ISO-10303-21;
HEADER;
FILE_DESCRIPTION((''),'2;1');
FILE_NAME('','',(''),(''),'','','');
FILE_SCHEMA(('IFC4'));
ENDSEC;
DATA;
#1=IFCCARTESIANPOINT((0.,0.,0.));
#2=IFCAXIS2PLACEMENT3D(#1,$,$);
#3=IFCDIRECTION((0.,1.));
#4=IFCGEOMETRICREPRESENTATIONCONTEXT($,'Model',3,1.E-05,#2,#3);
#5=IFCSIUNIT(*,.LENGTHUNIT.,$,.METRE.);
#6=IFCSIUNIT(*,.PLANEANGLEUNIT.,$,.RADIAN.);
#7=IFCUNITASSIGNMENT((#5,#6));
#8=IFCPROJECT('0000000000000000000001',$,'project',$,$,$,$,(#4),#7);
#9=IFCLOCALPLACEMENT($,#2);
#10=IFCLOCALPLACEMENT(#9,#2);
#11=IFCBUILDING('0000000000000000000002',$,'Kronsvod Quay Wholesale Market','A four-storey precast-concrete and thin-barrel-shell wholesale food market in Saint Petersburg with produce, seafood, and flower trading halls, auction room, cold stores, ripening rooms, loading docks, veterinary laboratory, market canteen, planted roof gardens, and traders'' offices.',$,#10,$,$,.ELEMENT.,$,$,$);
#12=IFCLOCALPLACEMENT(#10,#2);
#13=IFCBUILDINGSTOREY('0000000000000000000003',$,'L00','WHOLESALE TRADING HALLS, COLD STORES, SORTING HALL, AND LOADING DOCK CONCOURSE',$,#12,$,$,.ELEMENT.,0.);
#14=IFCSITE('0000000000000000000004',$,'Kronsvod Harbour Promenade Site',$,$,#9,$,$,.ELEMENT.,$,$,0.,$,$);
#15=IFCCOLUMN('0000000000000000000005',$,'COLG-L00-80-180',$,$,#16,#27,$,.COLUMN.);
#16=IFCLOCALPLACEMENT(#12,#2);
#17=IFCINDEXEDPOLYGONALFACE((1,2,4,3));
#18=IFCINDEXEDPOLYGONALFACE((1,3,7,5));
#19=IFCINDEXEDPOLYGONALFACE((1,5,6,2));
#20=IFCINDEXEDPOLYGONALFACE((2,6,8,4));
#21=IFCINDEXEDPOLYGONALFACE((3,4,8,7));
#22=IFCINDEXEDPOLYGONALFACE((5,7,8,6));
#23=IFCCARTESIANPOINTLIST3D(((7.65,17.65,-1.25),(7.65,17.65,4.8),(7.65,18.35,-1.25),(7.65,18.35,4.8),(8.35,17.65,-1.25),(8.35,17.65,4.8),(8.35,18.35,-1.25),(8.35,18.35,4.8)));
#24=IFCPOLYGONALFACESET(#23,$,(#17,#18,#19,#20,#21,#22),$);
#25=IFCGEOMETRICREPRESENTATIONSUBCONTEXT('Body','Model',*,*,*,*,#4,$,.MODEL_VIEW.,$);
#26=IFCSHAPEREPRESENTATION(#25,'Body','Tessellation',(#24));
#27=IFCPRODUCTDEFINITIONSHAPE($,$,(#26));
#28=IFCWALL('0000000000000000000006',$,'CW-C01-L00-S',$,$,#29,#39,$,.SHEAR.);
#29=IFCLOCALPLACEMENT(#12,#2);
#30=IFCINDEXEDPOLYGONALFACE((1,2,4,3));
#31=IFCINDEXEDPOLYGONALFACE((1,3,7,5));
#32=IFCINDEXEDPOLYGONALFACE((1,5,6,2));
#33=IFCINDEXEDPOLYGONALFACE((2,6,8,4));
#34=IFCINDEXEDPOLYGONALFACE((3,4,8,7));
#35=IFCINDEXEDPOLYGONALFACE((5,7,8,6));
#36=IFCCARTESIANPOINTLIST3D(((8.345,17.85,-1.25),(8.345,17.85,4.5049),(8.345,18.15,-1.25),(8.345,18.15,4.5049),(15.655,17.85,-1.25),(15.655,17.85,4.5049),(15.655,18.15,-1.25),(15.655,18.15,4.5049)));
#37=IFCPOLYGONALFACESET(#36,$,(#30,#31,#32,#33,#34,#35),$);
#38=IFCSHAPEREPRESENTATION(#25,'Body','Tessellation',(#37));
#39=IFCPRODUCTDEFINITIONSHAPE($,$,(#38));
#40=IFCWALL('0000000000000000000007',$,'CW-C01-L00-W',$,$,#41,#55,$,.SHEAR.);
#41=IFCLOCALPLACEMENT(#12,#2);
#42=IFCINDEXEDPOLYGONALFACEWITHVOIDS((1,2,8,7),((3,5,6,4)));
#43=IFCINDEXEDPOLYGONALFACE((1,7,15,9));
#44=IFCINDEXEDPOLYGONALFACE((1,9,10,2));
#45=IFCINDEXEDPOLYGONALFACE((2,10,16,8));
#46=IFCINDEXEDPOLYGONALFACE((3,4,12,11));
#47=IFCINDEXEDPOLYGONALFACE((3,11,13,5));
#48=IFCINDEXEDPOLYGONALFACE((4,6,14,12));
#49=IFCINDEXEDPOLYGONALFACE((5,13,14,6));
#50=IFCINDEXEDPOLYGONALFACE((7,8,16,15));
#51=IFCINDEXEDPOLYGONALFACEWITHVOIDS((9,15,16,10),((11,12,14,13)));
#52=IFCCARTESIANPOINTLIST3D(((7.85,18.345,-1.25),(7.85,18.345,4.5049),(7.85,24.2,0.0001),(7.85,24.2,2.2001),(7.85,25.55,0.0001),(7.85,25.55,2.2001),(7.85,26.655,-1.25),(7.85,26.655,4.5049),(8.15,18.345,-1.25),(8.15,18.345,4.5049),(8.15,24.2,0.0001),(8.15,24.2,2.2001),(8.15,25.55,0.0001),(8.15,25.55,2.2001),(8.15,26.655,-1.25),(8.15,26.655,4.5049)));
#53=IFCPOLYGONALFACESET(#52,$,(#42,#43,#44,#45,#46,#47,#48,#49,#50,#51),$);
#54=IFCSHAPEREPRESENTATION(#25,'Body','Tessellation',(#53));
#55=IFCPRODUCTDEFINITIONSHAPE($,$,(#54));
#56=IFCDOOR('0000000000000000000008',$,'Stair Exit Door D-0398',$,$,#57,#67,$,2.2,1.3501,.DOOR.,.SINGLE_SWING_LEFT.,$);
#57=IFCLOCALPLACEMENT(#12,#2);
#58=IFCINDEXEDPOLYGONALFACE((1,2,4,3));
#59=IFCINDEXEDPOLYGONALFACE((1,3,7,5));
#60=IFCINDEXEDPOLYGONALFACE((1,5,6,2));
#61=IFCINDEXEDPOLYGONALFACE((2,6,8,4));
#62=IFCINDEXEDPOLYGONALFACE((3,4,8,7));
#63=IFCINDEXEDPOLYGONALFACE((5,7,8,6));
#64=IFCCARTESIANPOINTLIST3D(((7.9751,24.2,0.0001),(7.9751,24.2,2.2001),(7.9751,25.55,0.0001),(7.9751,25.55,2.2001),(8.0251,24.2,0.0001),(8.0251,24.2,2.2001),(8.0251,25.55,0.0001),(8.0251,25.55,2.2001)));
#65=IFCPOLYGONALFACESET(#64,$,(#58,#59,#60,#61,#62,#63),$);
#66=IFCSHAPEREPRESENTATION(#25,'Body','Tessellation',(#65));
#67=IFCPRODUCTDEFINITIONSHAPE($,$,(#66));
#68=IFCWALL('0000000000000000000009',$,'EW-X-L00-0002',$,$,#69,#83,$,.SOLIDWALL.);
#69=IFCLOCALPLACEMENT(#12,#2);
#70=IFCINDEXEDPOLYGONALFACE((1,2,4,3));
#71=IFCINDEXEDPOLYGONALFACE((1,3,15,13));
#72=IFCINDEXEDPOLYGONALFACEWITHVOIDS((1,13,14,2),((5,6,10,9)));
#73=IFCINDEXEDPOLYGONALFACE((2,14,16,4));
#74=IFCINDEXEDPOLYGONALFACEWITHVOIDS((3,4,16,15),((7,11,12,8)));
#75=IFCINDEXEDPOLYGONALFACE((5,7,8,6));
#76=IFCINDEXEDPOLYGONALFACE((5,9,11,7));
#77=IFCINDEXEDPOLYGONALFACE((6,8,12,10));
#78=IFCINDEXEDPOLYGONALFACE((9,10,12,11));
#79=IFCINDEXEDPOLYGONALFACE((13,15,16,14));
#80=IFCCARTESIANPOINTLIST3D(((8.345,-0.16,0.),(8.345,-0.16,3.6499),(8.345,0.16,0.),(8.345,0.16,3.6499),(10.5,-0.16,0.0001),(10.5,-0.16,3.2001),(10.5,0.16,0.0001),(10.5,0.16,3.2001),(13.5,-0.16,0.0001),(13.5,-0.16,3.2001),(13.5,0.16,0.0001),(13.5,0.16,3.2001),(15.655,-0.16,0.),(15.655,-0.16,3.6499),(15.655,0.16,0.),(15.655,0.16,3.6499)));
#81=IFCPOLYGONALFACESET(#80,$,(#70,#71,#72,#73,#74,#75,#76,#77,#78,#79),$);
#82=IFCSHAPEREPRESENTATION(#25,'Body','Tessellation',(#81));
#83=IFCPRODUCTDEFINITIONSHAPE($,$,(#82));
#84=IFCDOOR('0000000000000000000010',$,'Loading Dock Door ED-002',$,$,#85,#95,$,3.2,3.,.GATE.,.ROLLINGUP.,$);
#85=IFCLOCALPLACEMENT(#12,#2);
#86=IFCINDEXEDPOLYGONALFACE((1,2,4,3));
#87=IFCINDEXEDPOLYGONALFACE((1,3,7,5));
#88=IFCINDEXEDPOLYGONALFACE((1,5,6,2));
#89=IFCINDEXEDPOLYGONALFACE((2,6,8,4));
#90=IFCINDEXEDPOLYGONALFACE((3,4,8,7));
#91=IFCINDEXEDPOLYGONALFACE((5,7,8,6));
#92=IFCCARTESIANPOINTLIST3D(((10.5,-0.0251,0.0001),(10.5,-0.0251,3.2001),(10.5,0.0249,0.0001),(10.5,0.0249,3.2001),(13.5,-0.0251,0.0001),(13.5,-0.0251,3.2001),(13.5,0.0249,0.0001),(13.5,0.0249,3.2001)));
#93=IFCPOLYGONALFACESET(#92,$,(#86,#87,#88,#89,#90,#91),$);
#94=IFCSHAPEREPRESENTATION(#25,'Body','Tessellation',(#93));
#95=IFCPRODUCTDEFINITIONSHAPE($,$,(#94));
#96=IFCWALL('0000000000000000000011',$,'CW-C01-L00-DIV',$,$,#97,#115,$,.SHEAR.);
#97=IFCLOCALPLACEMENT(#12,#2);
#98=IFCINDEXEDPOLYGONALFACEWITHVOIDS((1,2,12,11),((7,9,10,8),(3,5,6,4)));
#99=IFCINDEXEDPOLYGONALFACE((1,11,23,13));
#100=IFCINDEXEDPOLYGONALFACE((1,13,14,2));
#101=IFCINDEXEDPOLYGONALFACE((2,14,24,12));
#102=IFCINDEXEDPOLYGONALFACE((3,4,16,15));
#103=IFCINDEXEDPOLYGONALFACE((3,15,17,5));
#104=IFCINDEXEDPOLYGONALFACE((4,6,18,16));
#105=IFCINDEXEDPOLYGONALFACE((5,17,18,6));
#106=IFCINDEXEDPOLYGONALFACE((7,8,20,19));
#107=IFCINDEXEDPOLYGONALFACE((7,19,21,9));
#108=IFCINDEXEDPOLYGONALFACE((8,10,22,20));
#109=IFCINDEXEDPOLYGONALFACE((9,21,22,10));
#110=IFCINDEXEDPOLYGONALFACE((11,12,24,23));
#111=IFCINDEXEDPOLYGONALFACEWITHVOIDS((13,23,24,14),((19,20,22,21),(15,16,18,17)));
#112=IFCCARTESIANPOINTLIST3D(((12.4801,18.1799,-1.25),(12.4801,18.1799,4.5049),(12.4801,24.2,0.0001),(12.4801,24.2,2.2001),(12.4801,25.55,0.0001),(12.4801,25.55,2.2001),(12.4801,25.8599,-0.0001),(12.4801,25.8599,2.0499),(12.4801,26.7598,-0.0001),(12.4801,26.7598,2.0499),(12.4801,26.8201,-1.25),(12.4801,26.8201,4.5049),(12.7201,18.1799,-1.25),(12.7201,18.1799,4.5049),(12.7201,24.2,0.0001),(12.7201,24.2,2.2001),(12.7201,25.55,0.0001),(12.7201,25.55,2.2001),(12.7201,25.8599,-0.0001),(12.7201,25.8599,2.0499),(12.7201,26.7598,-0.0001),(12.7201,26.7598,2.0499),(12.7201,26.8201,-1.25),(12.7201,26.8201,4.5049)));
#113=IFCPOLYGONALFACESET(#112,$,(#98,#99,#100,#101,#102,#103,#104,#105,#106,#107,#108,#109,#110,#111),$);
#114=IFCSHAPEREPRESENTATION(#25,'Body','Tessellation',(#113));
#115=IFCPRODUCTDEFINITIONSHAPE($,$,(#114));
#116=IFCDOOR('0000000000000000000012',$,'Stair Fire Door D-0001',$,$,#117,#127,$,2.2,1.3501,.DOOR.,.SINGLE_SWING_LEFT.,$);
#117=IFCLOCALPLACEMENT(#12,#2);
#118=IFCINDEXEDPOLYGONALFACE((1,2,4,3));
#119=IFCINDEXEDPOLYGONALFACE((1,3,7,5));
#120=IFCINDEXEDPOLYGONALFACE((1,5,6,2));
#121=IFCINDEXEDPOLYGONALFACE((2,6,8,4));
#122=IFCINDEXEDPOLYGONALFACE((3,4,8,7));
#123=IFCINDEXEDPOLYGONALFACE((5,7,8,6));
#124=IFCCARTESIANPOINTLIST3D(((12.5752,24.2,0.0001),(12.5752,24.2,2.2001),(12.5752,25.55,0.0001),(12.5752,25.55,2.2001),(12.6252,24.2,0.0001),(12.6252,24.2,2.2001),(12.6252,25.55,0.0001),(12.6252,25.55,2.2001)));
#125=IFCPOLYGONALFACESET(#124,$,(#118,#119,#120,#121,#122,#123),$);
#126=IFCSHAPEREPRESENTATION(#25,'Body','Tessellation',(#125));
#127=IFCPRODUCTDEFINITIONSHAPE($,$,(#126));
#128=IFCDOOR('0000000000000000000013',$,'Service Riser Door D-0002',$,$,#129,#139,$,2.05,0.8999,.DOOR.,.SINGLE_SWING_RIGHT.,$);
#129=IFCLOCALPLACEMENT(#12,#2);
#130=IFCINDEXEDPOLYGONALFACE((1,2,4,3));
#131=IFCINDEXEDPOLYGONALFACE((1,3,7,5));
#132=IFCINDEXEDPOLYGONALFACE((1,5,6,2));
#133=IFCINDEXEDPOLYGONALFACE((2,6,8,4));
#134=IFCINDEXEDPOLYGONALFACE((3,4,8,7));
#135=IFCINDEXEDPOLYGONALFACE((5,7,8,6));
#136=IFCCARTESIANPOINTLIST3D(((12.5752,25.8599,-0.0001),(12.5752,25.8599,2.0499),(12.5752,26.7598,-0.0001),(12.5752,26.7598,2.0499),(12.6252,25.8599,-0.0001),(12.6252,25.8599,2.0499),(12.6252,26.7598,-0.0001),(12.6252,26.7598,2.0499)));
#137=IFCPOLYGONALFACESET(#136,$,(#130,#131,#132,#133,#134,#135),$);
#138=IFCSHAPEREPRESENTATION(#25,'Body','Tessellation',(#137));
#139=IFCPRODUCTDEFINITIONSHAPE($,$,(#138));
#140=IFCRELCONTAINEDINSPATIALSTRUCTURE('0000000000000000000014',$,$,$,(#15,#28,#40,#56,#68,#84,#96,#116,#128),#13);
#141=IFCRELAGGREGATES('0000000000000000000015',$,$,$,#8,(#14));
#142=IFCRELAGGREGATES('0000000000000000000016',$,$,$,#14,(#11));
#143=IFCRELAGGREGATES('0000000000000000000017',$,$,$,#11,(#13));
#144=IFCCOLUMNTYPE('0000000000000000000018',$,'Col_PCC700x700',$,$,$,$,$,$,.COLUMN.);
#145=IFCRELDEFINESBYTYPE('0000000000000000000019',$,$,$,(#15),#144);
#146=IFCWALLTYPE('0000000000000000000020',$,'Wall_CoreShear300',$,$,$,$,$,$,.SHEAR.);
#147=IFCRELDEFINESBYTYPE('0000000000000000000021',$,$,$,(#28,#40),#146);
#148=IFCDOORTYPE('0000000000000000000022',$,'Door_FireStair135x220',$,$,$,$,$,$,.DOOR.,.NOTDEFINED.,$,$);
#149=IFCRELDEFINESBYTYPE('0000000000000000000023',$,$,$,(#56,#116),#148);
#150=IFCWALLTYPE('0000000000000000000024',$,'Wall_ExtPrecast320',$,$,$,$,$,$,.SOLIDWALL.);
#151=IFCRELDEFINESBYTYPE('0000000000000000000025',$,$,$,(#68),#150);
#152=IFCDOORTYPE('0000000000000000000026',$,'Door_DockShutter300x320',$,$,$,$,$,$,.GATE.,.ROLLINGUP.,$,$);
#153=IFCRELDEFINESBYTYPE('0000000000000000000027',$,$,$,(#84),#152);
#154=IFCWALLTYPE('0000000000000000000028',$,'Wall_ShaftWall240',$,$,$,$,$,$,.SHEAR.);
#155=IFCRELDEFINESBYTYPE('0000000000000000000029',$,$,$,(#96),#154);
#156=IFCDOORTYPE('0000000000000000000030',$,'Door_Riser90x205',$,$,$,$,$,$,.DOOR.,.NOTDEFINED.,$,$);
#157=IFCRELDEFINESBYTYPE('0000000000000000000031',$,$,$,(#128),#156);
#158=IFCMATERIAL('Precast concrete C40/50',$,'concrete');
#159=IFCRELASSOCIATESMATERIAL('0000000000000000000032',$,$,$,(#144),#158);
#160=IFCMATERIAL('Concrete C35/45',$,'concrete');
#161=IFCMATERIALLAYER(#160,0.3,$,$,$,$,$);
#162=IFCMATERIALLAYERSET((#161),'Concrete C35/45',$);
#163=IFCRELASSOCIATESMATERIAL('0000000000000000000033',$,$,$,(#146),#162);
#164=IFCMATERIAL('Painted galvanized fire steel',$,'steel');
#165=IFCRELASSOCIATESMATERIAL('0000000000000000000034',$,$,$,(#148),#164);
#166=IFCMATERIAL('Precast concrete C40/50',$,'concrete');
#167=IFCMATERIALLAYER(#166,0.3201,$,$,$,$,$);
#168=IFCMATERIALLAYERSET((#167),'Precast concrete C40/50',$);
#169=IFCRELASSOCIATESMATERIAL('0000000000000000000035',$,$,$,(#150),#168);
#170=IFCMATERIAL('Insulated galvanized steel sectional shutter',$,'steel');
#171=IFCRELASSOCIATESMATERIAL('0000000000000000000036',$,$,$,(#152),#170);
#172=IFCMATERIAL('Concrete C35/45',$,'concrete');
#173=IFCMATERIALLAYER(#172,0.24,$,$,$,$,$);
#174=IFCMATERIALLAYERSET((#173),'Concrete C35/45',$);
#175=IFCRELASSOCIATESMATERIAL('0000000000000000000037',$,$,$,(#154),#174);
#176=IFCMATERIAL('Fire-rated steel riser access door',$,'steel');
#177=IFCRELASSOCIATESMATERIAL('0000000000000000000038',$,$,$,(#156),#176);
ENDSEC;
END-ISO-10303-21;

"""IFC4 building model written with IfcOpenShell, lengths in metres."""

from ifc_helpers import new_model, si_unit, direction, frame, frame_2d, origin, origin_2d, place, context, subcontext, project, spatial, rectangle, extrude, material, layer, layer_set, material_profile, profile_set, type_object, element, fill, save


model = new_model("IFC4")

# Units and contexts
model_context = context("Model", 3, precision=1e-05, world=origin(), true_north=direction((0.0, 1.0)))
body_context = subcontext(model_context, "Body", "Model", "MODEL_VIEW")
ifc_project = project(units=[si_unit("LENGTHUNIT", "METRE"), si_unit("PLANEANGLEUNIT", "RADIAN")], contexts=[model_context])

# Site, building, storey
site_placement = place(None, origin())
site = spatial("IfcSite", under=ifc_project, at=site_placement, Name="Kronsvod Harbour Promenade Site", CompositionType="ELEMENT", RefElevation=0.0)
building_placement = place(site_placement, origin())
building = spatial("IfcBuilding", under=site, at=building_placement, Name="Kronsvod Quay Wholesale Market", Description="A four-storey precast-concrete and thin-barrel-shell wholesale food market in Saint Petersburg with produce, seafood, and flower trading halls, auction room, cold stores, ripening rooms, loading docks, veterinary laboratory, market canteen, planted roof gardens, and traders' offices.", CompositionType="ELEMENT")
storey_placement = place(building_placement, origin())
storey = spatial("IfcBuildingStorey", under=building, at=storey_placement, Name="L00", Description="WHOLESALE TRADING HALLS, COLD STORES, SORTING HALL, AND LOADING DOCK CONCOURSE", CompositionType="ELEMENT", Elevation=0.0)

# Column
ifc_material_1 = material(Name="Precast concrete C40/50", Category="concrete")
ifc_material_profile_1 = material_profile(ifc_material_1, rectangle(XDim=0.7, YDim=0.7, at=origin_2d()), Name="PCC700x700")
ifc_profile_set_1 = profile_set([ifc_material_profile_1], Name="Precast concrete C40/50")
column_type = type_object("IfcColumnType", Name="Col_PCC700x700", PredefinedType="COLUMN", material=ifc_profile_set_1)
for number, where, z_axis, x_axis, name in (
    (1, (8.0, 18.0, -1.25), (0.0, 0.0, 1.0), (1.0, 0.0, 0.0), "COLG-L00-80-180"),
):
    element("IfcColumn", number, at=place(storey_placement, frame(where, z_axis=z_axis, x_axis=x_axis)), inside=storey, type_object=column_type, Name=name, PredefinedType="COLUMN", context=body_context, shape_type="SweptSolid", body=[
        extrude(rectangle(XDim=0.7, YDim=0.7, at=origin_2d()), origin(), (0.0, 0.0, 1.0), 6.05),
    ])

# Wall
ifc_material_2 = material(Name="Concrete C35/45", Category="concrete")
ifc_layer_1 = layer(ifc_material_2, 0.3)
ifc_layer_set_1 = layer_set([ifc_layer_1], Name="Concrete C35/45")
wall_type_1 = type_object("IfcWallType", Name="Wall_CoreShear300", PredefinedType="SHEAR", material=ifc_layer_set_1)
wall_1_placement = place(storey_placement, frame((8.345, 18.0, -1.25), z_axis=(0.0, 0.0, 1.0), x_axis=(1.0, 0.0, 0.0)))
element("IfcWall", 2, at=wall_1_placement, inside=storey, type_object=wall_type_1, Name="CW-C01-L00-S", PredefinedType="SHEAR", context=body_context, shape_type="SweptSolid", body=[
    extrude(rectangle(XDim=7.3101, YDim=0.3, at=frame_2d((3.655, 0.0))), origin(), (0.0, 0.0, 1.0), 5.7549),
])

# Walls, openings, doors
wall_2_placement = place(storey_placement, frame((8.0, 18.345, -1.25), z_axis=(0.0, 0.0, 1.0), x_axis=(0.0, 1.0, 0.0)))
wall_2 = element("IfcWall", 3, at=wall_2_placement, inside=storey, type_object=wall_type_1, Name="CW-C01-L00-W", PredefinedType="SHEAR", context=body_context, shape_type="SweptSolid", body=[
    extrude(rectangle(XDim=8.3101, YDim=0.3, at=frame_2d((4.155, 0.0))), origin(), (0.0, 0.0, 1.0), 5.7549),
])
opening_1_placement = place(wall_2_placement, frame((5.855, 0.0, 1.25)))
opening_1 = element("IfcOpeningElement", 4, at=opening_1_placement, cuts=wall_2, PredefinedType="OPENING", context=body_context, shape_type="SweptSolid", body=[
    extrude(rectangle(XDim=1.3501, YDim=2.2, at=frame_2d((0.675, 1.1001))), frame((0.0, 0.1602, 0.0), z_axis=(0.0, -1.0, 0.0), x_axis=(1.0, 0.0, 0.0)), (0.0, 0.0, 1.0), 0.3201),
])
ifc_material_3 = material(Name="Painted galvanized fire steel", Category="steel")
door_type_1 = type_object("IfcDoorType", Name="Door_FireStair135x220", OperationType="NOTDEFINED", PredefinedType="DOOR", material=ifc_material_3)
door_1_placement = place(opening_1_placement, origin())
door_1 = element("IfcDoor", 5, at=door_1_placement, inside=storey, type_object=door_type_1, Name="Stair Exit Door D-0398", OperationType="SINGLE_SWING_LEFT", OverallHeight=2.2, OverallWidth=1.3501, PredefinedType="DOOR", context=body_context, shape_type="SweptSolid", body=[
    extrude(rectangle(XDim=1.3501, YDim=2.2, at=frame_2d((0.675, 1.1001))), frame((0.0, 0.0249, 0.0), z_axis=(0.0, -1.0, 0.0), x_axis=(1.0, 0.0, 0.0)), (0.0, 0.0, 1.0), 0.05),
])
fill(opening_1, door_1)
ifc_material_4 = material(Name="Precast concrete C40/50", Category="concrete")
ifc_layer_2 = layer(ifc_material_4, 0.3201)
ifc_layer_set_2 = layer_set([ifc_layer_2], Name="Precast concrete C40/50")
wall_type_2 = type_object("IfcWallType", Name="Wall_ExtPrecast320", PredefinedType="SOLIDWALL", material=ifc_layer_set_2)
wall_3_placement = place(storey_placement, frame((8.345, 0.0, 0.0), z_axis=(0.0, 0.0, 1.0), x_axis=(1.0, 0.0, 0.0)))
wall_3 = element("IfcWall", 6, at=wall_3_placement, inside=storey, type_object=wall_type_2, Name="EW-X-L00-0002", PredefinedType="SOLIDWALL", context=body_context, shape_type="SweptSolid", body=[
    extrude(rectangle(XDim=7.3101, YDim=0.3201, at=frame_2d((3.655, 0.0))), origin(), (0.0, 0.0, 1.0), 3.6499),
])
opening_2_placement = place(wall_3_placement, frame((2.155, 0.0, 0.0)))
opening_2 = element("IfcOpeningElement", 7, at=opening_2_placement, cuts=wall_3, PredefinedType="OPENING", context=body_context, shape_type="SweptSolid", body=[
    extrude(rectangle(XDim=3.0, YDim=3.2, at=frame_2d((1.5, 1.6001))), frame((0.0, 0.1699, 0.0), z_axis=(0.0, -1.0, 0.0), x_axis=(1.0, 0.0, 0.0)), (0.0, 0.0, 1.0), 0.3401),
])
ifc_material_5 = material(Name="Insulated galvanized steel sectional shutter", Category="steel")
door_type_2 = type_object("IfcDoorType", Name="Door_DockShutter300x320", OperationType="ROLLINGUP", PredefinedType="GATE", material=ifc_material_5)
door_2_placement = place(opening_2_placement, origin())
door_2 = element("IfcDoor", 8, at=door_2_placement, inside=storey, type_object=door_type_2, Name="Loading Dock Door ED-002", OperationType="ROLLINGUP", OverallHeight=3.2, OverallWidth=3.0, PredefinedType="GATE", context=body_context, shape_type="SweptSolid", body=[
    extrude(rectangle(XDim=3.0, YDim=3.2, at=frame_2d((1.5, 1.6001))), frame((0.0, 0.0249, 0.0), z_axis=(0.0, -1.0, 0.0), x_axis=(1.0, 0.0, 0.0)), (0.0, 0.0, 1.0), 0.05),
])
fill(opening_2, door_2)

# Wall, openings, doors
ifc_material_6 = material(Name="Concrete C35/45", Category="concrete")
ifc_layer_3 = layer(ifc_material_6, 0.24)
ifc_layer_set_3 = layer_set([ifc_layer_3], Name="Concrete C35/45")
wall_type_3 = type_object("IfcWallType", Name="Wall_ShaftWall240", PredefinedType="SHEAR", material=ifc_layer_set_3)
wall_4_placement = place(storey_placement, frame((12.6001, 18.1799, -1.25), z_axis=(0.0, 0.0, 1.0), x_axis=(0.0, 1.0, 0.0)))
wall_4 = element("IfcWall", 9, at=wall_4_placement, inside=storey, type_object=wall_type_3, Name="CW-C01-L00-DIV", PredefinedType="SHEAR", context=body_context, shape_type="SweptSolid", body=[
    extrude(rectangle(XDim=8.6401, YDim=0.24, at=frame_2d((4.3201, 0.0))), origin(), (0.0, 0.0, 1.0), 5.7549),
])
opening_3_placement = place(wall_4_placement, frame((6.02, 0.0, 1.25)))
opening_3 = element("IfcOpeningElement", 10, at=opening_3_placement, cuts=wall_4, PredefinedType="OPENING", context=body_context, shape_type="SweptSolid", body=[
    extrude(rectangle(XDim=1.3501, YDim=2.2, at=frame_2d((0.675, 1.1001))), frame((0.0, 0.1299, 0.0), z_axis=(0.0, -1.0, 0.0), x_axis=(1.0, 0.0, 0.0)), (0.0, 0.0, 1.0), 0.26),
])
opening_4_placement = place(wall_4_placement, frame((7.6799, 0.0, 1.25)))
opening_4 = element("IfcOpeningElement", 11, at=opening_4_placement, cuts=wall_4, PredefinedType="OPENING", context=body_context, shape_type="SweptSolid", body=[
    extrude(rectangle(XDim=0.8999, YDim=2.05, at=frame_2d((0.45, 1.0249))), frame((0.0, 0.1299, 0.0), z_axis=(0.0, -1.0, 0.0), x_axis=(1.0, 0.0, 0.0)), (0.0, 0.0, 1.0), 0.26),
])
door_3_placement = place(opening_3_placement, origin())
door_3 = element("IfcDoor", 12, at=door_3_placement, inside=storey, type_object=door_type_1, Name="Stair Fire Door D-0001", OperationType="SINGLE_SWING_LEFT", OverallHeight=2.2, OverallWidth=1.3501, PredefinedType="DOOR", context=body_context, shape_type="SweptSolid", body=[
    extrude(rectangle(XDim=1.3501, YDim=2.2, at=frame_2d((0.675, 1.1001))), frame((0.0, 0.0249, 0.0), z_axis=(0.0, -1.0, 0.0), x_axis=(1.0, 0.0, 0.0)), (0.0, 0.0, 1.0), 0.05),
])
fill(opening_3, door_3)
ifc_material_7 = material(Name="Fire-rated steel riser access door", Category="steel")
door_type_3 = type_object("IfcDoorType", Name="Door_Riser90x205", OperationType="NOTDEFINED", PredefinedType="DOOR", material=ifc_material_7)
door_4_placement = place(opening_4_placement, origin())
door_4 = element("IfcDoor", 13, at=door_4_placement, inside=storey, type_object=door_type_3, Name="Service Riser Door D-0002", OperationType="SINGLE_SWING_RIGHT", OverallHeight=2.05, OverallWidth=0.8999, PredefinedType="DOOR", context=body_context, shape_type="SweptSolid", body=[
    extrude(rectangle(XDim=0.8999, YDim=2.05, at=frame_2d((0.45, 1.0249))), frame((0.0, 0.0249, 0.0), z_axis=(0.0, -1.0, 0.0), x_axis=(1.0, 0.0, 0.0)), (0.0, 0.0, 1.0), 0.05),
])
fill(opening_4, door_4)

save(model, "model.ifc")
